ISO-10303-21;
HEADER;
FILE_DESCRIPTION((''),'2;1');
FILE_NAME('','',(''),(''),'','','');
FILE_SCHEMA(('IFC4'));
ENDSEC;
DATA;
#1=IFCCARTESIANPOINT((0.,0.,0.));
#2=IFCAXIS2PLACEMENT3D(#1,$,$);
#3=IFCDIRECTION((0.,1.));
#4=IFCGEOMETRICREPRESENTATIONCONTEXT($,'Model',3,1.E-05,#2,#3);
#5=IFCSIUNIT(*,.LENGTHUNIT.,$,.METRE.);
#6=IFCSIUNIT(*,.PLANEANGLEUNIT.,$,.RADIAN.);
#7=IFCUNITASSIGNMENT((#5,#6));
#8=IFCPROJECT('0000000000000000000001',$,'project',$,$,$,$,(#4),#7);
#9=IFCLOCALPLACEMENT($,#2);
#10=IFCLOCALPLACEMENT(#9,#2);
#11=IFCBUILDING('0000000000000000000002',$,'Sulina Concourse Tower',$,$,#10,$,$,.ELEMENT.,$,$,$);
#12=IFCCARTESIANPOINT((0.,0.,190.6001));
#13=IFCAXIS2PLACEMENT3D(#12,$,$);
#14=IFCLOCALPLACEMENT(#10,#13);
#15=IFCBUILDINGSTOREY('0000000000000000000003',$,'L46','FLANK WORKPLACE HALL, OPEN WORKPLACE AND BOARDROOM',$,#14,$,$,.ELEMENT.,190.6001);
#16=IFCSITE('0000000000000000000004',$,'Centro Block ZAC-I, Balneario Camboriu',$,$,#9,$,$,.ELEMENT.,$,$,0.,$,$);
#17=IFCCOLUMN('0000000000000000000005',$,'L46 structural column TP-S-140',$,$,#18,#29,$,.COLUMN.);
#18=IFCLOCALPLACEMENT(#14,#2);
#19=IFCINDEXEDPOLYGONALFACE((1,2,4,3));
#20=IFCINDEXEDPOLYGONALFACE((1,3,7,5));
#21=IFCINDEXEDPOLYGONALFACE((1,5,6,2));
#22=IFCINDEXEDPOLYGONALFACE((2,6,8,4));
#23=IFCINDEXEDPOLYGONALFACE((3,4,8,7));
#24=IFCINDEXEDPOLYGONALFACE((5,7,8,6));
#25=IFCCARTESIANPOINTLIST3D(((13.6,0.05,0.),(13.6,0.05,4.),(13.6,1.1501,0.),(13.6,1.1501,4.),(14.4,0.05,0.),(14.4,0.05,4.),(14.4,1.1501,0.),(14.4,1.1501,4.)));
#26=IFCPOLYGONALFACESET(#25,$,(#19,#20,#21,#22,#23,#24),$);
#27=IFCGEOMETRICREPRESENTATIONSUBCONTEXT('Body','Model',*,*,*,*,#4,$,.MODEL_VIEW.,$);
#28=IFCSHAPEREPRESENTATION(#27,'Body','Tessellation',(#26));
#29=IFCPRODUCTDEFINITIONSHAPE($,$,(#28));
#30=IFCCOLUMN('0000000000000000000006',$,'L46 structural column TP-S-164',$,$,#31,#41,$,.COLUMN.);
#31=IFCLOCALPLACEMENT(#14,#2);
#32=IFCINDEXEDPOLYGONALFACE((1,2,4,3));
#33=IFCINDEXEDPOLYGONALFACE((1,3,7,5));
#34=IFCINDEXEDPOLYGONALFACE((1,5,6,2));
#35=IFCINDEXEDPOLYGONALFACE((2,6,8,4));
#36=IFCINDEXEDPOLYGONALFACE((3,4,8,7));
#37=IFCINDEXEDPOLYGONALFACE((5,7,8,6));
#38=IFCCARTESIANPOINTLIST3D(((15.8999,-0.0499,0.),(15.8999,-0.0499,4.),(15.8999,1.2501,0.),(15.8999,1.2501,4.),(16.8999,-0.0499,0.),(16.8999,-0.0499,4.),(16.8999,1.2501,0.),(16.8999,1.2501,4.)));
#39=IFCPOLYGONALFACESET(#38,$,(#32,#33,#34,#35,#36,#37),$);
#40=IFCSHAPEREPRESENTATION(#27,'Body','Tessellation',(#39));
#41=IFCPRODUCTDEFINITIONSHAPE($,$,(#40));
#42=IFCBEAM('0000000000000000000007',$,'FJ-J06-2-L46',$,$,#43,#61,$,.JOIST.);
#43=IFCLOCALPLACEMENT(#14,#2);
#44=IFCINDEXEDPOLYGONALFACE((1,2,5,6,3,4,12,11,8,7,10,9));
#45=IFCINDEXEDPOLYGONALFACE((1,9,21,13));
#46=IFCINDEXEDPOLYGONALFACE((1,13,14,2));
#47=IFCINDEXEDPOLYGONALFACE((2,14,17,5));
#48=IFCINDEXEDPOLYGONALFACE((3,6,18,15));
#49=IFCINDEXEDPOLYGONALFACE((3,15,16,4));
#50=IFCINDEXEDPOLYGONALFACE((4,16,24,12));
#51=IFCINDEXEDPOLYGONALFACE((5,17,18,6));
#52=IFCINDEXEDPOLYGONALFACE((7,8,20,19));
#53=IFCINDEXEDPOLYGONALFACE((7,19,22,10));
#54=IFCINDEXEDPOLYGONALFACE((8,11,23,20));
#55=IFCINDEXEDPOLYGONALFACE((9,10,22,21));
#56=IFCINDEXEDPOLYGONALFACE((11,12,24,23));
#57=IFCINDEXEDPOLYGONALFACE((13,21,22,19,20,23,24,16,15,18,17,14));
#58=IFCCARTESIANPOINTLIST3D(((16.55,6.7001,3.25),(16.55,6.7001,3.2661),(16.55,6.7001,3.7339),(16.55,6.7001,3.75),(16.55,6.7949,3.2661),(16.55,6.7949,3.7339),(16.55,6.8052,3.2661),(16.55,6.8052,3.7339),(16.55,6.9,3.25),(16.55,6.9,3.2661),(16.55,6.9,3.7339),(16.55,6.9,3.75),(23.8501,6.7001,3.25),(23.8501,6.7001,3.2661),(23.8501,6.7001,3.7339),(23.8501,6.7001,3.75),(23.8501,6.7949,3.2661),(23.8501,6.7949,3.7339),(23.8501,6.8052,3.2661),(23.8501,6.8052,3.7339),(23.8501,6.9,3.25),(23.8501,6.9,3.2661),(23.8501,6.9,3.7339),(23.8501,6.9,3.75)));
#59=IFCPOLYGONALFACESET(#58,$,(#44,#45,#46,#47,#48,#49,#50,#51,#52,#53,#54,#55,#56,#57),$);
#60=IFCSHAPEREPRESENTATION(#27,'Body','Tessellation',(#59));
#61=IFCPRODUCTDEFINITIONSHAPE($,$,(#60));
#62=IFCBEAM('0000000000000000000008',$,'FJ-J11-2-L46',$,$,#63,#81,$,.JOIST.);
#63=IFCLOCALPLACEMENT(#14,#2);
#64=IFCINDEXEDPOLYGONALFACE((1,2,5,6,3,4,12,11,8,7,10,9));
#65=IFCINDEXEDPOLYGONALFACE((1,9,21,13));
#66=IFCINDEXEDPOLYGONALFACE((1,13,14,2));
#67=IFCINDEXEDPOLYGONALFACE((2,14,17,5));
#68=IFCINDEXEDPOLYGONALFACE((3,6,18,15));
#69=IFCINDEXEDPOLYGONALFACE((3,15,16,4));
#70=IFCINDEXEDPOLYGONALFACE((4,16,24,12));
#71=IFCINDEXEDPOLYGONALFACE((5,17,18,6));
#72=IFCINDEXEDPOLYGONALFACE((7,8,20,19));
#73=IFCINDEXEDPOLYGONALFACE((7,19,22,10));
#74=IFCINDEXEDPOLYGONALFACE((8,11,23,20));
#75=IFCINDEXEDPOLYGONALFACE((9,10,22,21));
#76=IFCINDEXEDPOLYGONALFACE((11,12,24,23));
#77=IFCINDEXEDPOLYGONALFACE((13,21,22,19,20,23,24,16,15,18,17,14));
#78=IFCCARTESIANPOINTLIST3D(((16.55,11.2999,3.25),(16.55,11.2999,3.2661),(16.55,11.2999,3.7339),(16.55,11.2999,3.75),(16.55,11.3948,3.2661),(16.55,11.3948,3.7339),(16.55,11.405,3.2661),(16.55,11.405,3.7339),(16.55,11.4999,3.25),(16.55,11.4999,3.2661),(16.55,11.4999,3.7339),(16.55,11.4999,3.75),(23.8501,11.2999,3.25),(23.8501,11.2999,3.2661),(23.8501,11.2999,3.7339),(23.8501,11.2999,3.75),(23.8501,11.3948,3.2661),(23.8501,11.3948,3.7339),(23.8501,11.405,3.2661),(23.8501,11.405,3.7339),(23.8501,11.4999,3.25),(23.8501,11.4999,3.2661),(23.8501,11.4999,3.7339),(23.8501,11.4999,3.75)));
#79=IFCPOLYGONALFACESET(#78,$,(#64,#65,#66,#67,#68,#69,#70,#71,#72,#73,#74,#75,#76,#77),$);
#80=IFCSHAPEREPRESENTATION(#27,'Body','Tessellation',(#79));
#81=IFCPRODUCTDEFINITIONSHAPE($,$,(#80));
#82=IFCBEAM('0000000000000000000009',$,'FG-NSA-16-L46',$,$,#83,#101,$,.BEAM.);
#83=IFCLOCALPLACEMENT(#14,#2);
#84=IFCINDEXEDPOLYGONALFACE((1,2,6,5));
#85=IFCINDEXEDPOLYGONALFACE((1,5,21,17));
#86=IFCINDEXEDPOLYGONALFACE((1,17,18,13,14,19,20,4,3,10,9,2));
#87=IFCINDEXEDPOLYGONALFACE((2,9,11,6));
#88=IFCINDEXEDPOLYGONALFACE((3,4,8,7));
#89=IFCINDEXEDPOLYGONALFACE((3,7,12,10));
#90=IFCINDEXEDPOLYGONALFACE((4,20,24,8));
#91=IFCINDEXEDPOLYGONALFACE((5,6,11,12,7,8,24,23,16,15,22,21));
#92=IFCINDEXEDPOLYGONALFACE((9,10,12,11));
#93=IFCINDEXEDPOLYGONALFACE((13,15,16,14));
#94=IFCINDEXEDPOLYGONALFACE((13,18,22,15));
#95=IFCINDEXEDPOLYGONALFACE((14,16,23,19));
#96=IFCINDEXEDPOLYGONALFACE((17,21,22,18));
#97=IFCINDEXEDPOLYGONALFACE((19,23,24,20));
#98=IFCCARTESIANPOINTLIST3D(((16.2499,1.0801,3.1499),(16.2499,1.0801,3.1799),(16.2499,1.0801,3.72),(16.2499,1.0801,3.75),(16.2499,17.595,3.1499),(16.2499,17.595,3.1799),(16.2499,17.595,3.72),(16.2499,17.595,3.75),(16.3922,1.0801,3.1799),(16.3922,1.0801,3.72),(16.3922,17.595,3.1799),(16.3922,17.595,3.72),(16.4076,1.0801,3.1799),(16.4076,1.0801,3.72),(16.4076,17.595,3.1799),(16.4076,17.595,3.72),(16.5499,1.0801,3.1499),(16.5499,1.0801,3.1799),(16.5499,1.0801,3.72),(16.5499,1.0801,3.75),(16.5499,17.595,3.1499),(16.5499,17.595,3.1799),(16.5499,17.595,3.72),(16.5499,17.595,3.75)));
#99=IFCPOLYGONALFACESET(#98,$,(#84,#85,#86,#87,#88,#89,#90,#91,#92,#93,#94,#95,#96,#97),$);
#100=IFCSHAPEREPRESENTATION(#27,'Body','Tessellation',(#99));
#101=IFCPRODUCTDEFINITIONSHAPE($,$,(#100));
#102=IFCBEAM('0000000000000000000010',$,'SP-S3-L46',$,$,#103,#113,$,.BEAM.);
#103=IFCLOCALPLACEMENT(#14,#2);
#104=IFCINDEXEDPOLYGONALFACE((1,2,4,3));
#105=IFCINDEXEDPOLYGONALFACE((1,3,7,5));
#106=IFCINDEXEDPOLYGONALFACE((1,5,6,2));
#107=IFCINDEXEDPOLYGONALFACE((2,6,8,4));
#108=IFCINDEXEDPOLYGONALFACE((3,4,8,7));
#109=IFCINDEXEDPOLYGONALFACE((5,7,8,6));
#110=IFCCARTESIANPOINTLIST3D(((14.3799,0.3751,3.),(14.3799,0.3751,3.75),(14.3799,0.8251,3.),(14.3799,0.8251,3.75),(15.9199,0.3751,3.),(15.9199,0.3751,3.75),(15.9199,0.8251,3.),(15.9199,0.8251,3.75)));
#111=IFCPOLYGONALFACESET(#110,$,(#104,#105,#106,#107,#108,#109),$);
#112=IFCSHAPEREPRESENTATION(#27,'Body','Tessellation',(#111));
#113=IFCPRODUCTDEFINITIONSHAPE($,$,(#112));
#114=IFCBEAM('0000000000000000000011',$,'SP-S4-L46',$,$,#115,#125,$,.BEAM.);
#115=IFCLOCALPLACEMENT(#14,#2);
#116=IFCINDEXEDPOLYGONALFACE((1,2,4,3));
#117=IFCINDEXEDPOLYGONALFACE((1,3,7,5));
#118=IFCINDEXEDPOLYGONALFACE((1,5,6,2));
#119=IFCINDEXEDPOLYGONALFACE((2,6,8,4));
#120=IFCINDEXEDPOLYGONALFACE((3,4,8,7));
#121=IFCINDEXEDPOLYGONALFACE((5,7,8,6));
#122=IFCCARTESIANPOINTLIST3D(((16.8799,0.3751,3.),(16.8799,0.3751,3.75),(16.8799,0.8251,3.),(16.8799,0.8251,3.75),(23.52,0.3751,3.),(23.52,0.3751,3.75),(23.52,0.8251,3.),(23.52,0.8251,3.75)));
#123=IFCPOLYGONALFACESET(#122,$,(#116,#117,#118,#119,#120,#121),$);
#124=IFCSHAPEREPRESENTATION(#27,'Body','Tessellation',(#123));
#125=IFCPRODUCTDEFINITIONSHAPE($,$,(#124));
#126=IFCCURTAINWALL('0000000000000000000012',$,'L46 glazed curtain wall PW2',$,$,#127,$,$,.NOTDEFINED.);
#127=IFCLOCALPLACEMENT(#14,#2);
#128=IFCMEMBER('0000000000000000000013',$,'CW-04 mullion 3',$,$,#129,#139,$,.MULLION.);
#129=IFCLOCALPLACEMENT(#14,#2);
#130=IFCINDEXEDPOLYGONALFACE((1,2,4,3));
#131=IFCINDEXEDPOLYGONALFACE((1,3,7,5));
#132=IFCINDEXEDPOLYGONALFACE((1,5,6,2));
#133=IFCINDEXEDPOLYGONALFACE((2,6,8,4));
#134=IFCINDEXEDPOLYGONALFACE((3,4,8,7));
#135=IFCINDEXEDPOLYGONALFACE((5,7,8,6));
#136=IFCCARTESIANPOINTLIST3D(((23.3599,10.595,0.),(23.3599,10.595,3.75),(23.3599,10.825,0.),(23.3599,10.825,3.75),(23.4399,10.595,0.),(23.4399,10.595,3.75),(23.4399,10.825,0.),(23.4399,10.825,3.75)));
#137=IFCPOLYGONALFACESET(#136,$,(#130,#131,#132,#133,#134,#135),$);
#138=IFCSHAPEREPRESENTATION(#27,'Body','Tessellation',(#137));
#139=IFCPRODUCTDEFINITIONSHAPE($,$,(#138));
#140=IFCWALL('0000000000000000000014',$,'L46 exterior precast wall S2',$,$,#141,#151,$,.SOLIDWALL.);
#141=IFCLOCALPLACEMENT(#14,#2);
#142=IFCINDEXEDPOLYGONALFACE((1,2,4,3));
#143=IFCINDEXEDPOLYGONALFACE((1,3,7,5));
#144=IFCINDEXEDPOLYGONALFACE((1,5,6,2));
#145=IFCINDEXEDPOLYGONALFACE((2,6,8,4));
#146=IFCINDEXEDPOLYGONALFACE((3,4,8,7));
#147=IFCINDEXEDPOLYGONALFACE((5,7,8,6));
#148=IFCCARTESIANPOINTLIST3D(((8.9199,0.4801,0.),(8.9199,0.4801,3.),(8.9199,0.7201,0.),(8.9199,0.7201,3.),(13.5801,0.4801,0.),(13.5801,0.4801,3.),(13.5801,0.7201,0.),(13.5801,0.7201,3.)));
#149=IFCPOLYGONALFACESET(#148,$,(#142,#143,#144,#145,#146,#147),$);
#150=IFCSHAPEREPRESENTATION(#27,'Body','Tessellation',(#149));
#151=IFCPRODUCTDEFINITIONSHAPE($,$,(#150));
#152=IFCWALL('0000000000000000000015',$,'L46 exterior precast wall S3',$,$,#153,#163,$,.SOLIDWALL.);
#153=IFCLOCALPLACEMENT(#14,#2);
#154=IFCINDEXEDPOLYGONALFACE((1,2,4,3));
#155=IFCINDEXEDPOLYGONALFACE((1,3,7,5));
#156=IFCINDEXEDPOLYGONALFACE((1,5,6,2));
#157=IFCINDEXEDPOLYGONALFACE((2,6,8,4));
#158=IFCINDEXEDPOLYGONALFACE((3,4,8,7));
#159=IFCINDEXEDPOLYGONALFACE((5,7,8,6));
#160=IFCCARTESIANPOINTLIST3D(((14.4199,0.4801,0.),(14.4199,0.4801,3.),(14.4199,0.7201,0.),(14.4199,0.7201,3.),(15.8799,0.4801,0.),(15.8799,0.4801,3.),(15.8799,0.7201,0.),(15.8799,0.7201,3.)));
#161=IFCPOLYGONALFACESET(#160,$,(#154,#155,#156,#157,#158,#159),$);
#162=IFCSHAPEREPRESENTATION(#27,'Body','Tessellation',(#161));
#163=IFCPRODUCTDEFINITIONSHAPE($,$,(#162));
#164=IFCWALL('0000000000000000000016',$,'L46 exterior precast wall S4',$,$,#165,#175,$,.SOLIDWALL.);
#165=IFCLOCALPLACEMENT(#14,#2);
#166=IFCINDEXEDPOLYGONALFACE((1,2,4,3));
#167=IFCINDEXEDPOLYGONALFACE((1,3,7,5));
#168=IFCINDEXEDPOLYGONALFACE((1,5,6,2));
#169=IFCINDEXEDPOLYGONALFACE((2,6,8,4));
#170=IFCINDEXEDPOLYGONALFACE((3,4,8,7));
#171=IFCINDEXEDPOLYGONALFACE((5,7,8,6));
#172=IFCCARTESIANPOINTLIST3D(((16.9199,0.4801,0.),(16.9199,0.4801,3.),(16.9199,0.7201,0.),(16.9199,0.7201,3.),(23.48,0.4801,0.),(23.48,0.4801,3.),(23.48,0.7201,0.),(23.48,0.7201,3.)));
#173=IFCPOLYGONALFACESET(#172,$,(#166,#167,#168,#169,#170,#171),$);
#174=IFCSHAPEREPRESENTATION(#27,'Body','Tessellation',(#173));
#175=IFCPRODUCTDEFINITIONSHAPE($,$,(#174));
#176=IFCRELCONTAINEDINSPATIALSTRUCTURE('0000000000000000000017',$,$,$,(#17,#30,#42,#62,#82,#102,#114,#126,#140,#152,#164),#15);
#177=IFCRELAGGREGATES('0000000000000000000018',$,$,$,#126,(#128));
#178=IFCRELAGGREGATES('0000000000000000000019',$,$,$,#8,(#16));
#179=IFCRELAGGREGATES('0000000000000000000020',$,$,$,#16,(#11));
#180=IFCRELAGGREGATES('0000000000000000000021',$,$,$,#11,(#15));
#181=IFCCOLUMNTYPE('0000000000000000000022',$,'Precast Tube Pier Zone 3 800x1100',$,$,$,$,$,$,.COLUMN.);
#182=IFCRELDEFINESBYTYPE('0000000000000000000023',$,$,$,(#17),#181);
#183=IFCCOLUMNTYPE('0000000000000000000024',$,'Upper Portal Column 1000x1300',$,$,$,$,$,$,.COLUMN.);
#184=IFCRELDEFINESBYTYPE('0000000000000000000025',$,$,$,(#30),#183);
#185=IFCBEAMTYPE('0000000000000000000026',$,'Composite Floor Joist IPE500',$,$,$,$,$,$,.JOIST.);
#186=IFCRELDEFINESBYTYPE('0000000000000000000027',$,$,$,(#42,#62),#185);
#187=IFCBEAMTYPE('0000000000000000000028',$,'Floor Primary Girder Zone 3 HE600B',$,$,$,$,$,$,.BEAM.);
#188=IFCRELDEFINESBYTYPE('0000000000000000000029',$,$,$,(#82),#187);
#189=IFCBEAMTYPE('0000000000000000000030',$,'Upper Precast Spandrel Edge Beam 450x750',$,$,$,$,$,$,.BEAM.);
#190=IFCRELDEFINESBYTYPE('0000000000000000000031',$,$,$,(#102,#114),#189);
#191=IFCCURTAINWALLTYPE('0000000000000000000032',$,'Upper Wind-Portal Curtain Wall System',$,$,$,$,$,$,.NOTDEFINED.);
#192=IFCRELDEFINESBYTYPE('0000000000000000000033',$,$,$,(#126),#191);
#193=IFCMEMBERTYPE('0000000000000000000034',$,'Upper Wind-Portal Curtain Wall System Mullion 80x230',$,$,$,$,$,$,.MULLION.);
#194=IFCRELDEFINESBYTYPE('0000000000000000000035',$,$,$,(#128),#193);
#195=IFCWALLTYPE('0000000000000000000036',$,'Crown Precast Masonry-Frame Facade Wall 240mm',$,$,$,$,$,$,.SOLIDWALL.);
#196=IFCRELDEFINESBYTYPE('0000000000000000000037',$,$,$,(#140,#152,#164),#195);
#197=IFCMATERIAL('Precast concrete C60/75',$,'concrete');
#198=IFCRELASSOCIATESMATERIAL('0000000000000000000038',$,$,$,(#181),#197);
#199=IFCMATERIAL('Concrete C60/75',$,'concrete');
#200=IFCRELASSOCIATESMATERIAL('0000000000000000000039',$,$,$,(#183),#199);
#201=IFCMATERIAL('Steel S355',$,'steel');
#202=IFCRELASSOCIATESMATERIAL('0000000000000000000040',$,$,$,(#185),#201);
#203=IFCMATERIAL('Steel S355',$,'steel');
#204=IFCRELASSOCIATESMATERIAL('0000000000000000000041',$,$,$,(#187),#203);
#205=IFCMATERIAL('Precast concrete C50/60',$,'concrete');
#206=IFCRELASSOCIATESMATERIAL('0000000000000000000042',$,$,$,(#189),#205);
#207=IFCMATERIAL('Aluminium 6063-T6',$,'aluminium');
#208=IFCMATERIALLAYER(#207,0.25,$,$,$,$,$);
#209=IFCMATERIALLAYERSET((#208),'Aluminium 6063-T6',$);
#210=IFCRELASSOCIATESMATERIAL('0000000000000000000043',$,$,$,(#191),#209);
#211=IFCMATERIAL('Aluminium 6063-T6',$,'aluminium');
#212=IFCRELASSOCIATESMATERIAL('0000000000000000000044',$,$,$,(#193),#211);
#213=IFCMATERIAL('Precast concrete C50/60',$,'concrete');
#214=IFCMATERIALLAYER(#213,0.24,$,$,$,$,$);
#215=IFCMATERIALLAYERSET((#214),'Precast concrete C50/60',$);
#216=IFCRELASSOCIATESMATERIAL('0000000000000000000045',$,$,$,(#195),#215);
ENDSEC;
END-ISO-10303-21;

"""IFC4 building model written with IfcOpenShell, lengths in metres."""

from ifc_helpers import new_model, si_unit, direction, frame, frame_2d, origin, origin_2d, place, context, subcontext, project, spatial, rectangle, i_section, extrude, material, layer, layer_set, material_profile, profile_set, type_object, element, aggregate, save


model = new_model("IFC4")

# Units and contexts
model_context = context("Model", 3, precision=1e-05, world=origin(), true_north=direction((0.0, 1.0)))
body_context = subcontext(model_context, "Body", "Model", "MODEL_VIEW")
ifc_project = project(units=[si_unit("LENGTHUNIT", "METRE"), si_unit("PLANEANGLEUNIT", "RADIAN")], contexts=[model_context])

# Site, building, storey
site_placement = place(None, origin())
site = spatial("IfcSite", under=ifc_project, at=site_placement, Name="Centro Block ZAC-I, Balneario Camboriu", CompositionType="ELEMENT", RefElevation=0.0)
building_placement = place(site_placement, origin())
building = spatial("IfcBuilding", under=site, at=building_placement, Name="Sulina Concourse Tower", CompositionType="ELEMENT")
storey_placement = place(building_placement, frame((0.0, 0.0, 190.6001)))
storey = spatial("IfcBuildingStorey", under=building, at=storey_placement, Name="L46", Description="FLANK WORKPLACE HALL, OPEN WORKPLACE AND BOARDROOM", CompositionType="ELEMENT", Elevation=190.6001)

# Columns
ifc_material_1 = material(Name="Precast concrete C60/75", Category="concrete")
ifc_material_profile_1 = material_profile(ifc_material_1, rectangle(XDim=0.8, YDim=1.1001, at=origin_2d()), Name="PC 800x1100")
ifc_profile_set_1 = profile_set([ifc_material_profile_1], Name="Precast concrete C60/75")
column_type_1 = type_object("IfcColumnType", Name="Precast Tube Pier Zone 3 800x1100", PredefinedType="COLUMN", material=ifc_profile_set_1)
column_1_placement = place(storey_placement, frame((14.0, 0.6001, 0.0), z_axis=(0.0, 0.0, 1.0), x_axis=(1.0, 0.0, 0.0)))
element("IfcColumn", 1, at=column_1_placement, inside=storey, type_object=column_type_1, Name="L46 structural column TP-S-140", PredefinedType="COLUMN", context=body_context, shape_type="SweptSolid", body=[
    extrude(rectangle(XDim=0.8, YDim=1.1001, at=origin_2d()), origin(), (0.0, 0.0, 1.0), 4.0),
])
ifc_material_2 = material(Name="Concrete C60/75", Category="concrete")
ifc_material_profile_2 = material_profile(ifc_material_2, rectangle(XDim=1.0, YDim=1.3, at=origin_2d()), Name="RC 1000x1300")
ifc_profile_set_2 = profile_set([ifc_material_profile_2], Name="Concrete C60/75")
column_type_2 = type_object("IfcColumnType", Name="Upper Portal Column 1000x1300", PredefinedType="COLUMN", material=ifc_profile_set_2)
column_2_placement = place(storey_placement, frame((16.3999, 0.6001, 0.0), z_axis=(0.0, 0.0, 1.0), x_axis=(1.0, 0.0, 0.0)))
element("IfcColumn", 2, at=column_2_placement, inside=storey, type_object=column_type_2, Name="L46 structural column TP-S-164", PredefinedType="COLUMN", context=body_context, shape_type="SweptSolid", body=[
    extrude(rectangle(XDim=1.0, YDim=1.3, at=origin_2d()), origin(), (0.0, 0.0, 1.0), 4.0),
])

# Beams
ifc_material_3 = material(Name="Steel S355", Category="steel")
ifc_material_profile_3 = material_profile(ifc_material_3, i_section(OverallWidth=0.2, OverallDepth=0.5, WebThickness=0.0103, FlangeThickness=0.0161, at=origin_2d()), Name="IPE 500")
ifc_profile_set_3 = profile_set([ifc_material_profile_3], Name="Steel S355")
beam_type_1 = type_object("IfcBeamType", Name="Composite Floor Joist IPE500", PredefinedType="JOIST", material=ifc_profile_set_3)
for number, where, z_axis, x_axis, name in (
    (3, (16.55, 6.8, 3.5), (1.0, 0.0, 0.0), (0.0, 1.0, 0.0), "FJ-J06-2-L46"),
    (4, (16.55, 11.3999, 3.5), (1.0, 0.0, 0.0), (0.0, 1.0, 0.0), "FJ-J11-2-L46"),
):
    element("IfcBeam", number, at=place(storey_placement, frame(where, z_axis=z_axis, x_axis=x_axis)), inside=storey, type_object=beam_type_1, Name=name, PredefinedType="JOIST", context=body_context, shape_type="SweptSolid", body=[
        extrude(i_section(OverallWidth=0.2, OverallDepth=0.5, WebThickness=0.0103, FlangeThickness=0.0161, at=origin_2d()), origin(), (0.0, 0.0, 1.0), 7.3),
    ])
ifc_material_4 = material(Name="Steel S355", Category="steel")
ifc_material_profile_4 = material_profile(ifc_material_4, i_section(OverallWidth=0.3, OverallDepth=0.6001, WebThickness=0.0154, FlangeThickness=0.03, at=origin_2d()), Name="HE 600 B")
ifc_profile_set_4 = profile_set([ifc_material_profile_4], Name="Steel S355")
beam_type_2 = type_object("IfcBeamType", Name="Floor Primary Girder Zone 3 HE600B", PredefinedType="BEAM", material=ifc_profile_set_4)
beam_1_placement = place(storey_placement, frame((16.3999, 1.0801, 3.45), z_axis=(0.0, 1.0, 0.0), x_axis=(-1.0, 0.0, 0.0)))
element("IfcBeam", 5, at=beam_1_placement, inside=storey, type_object=beam_type_2, Name="FG-NSA-16-L46", PredefinedType="BEAM", context=body_context, shape_type="SweptSolid", body=[
    extrude(i_section(OverallWidth=0.3, OverallDepth=0.6001, WebThickness=0.0154, FlangeThickness=0.03, at=origin_2d()), origin(), (0.0, 0.0, 1.0), 16.5149),
])
ifc_material_5 = material(Name="Precast concrete C50/60", Category="concrete")
ifc_material_profile_5 = material_profile(ifc_material_5, rectangle(XDim=0.45, YDim=0.75, at=origin_2d()), Name="RC 450x750")
ifc_profile_set_5 = profile_set([ifc_material_profile_5], Name="Precast concrete C50/60")
beam_type_3 = type_object("IfcBeamType", Name="Upper Precast Spandrel Edge Beam 450x750", PredefinedType="BEAM", material=ifc_profile_set_5)
beam_2_placement = place(storey_placement, frame((14.3799, 0.6001, 3.375), z_axis=(1.0, 0.0, 0.0), x_axis=(0.0, 1.0, 0.0)))
element("IfcBeam", 6, at=beam_2_placement, inside=storey, type_object=beam_type_3, Name="SP-S3-L46", PredefinedType="BEAM", context=body_context, shape_type="SweptSolid", body=[
    extrude(rectangle(XDim=0.45, YDim=0.75, at=origin_2d()), origin(), (0.0, 0.0, 1.0), 1.54),
])
beam_3_placement = place(storey_placement, frame((16.8799, 0.6001, 3.375), z_axis=(1.0, 0.0, 0.0), x_axis=(0.0, 1.0, 0.0)))
element("IfcBeam", 7, at=beam_3_placement, inside=storey, type_object=beam_type_3, Name="SP-S4-L46", PredefinedType="BEAM", context=body_context, shape_type="SweptSolid", body=[
    extrude(rectangle(XDim=0.45, YDim=0.75, at=origin_2d()), origin(), (0.0, 0.0, 1.0), 6.6401),
])

# Curtain wall, member
ifc_material_6 = material(Name="Aluminium 6063-T6", Category="aluminium")
ifc_layer_1 = layer(ifc_material_6, 0.25)
ifc_layer_set_1 = layer_set([ifc_layer_1], Name="Aluminium 6063-T6")
curtain_wall_type = type_object("IfcCurtainWallType", Name="Upper Wind-Portal Curtain Wall System", PredefinedType="NOTDEFINED", material=ifc_layer_set_1)
curtain_wall_placement = place(storey_placement, origin())
curtain_wall = element("IfcCurtainWall", 8, at=curtain_wall_placement, inside=storey, type_object=curtain_wall_type, Name="L46 glazed curtain wall PW2", PredefinedType="NOTDEFINED")
ifc_material_7 = material(Name="Aluminium 6063-T6", Category="aluminium")
ifc_material_profile_6 = material_profile(ifc_material_7, rectangle(XDim=0.0801, YDim=0.23, at=origin_2d()), Name="MUL 80x230")
ifc_profile_set_6 = profile_set([ifc_material_profile_6], Name="Aluminium 6063-T6")
member_type = type_object("IfcMemberType", Name="Upper Wind-Portal Curtain Wall System Mullion 80x230", PredefinedType="MULLION", material=ifc_profile_set_6)
member_placement = place(storey_placement, frame((23.3999, 10.71, 0.0), z_axis=(0.0, 0.0, 1.0), x_axis=(1.0, 0.0, 0.0)))
member = element("IfcMember", 9, at=member_placement, type_object=member_type, Name="CW-04 mullion 3", PredefinedType="MULLION", context=body_context, shape_type="SweptSolid", body=[
    extrude(rectangle(XDim=0.0801, YDim=0.23, at=origin_2d()), origin(), (0.0, 0.0, 1.0), 3.75),
])
aggregate(curtain_wall, [member])

# Walls
ifc_material_8 = material(Name="Precast concrete C50/60", Category="concrete")
ifc_layer_2 = layer(ifc_material_8, 0.24)
ifc_layer_set_2 = layer_set([ifc_layer_2], Name="Precast concrete C50/60")
wall_type_1 = type_object("IfcWallType", Name="Crown Precast Masonry-Frame Facade Wall 240mm", PredefinedType="SOLIDWALL", material=ifc_layer_set_2)
wall_1_placement = place(storey_placement, frame((13.5801, 0.6001, 0.0), z_axis=(0.0, 0.0, 1.0), x_axis=(-1.0, 0.0, 0.0)))
element("IfcWall", 10, at=wall_1_placement, inside=storey, type_object=wall_type_1, Name="L46 exterior precast wall S2", PredefinedType="SOLIDWALL", context=body_context, shape_type="SweptSolid", body=[
    extrude(rectangle(XDim=4.6602, YDim=0.24, at=frame_2d((2.3301, 0.0))), origin(), (0.0, 0.0, 1.0), 3.0),
])
wall_2_placement = place(storey_placement, frame((15.8799, 0.6001, 0.0), z_axis=(0.0, 0.0, 1.0), x_axis=(-1.0, 0.0, 0.0)))
element("IfcWall", 11, at=wall_2_placement, inside=storey, type_object=wall_type_1, Name="L46 exterior precast wall S3", PredefinedType="SOLIDWALL", context=body_context, shape_type="SweptSolid", body=[
    extrude(rectangle(XDim=1.46, YDim=0.24, at=frame_2d((0.73, 0.0))), origin(), (0.0, 0.0, 1.0), 3.0),
])
wall_3_placement = place(storey_placement, frame((23.48, 0.6001, 0.0), z_axis=(0.0, 0.0, 1.0), x_axis=(-1.0, 0.0, 0.0)))
element("IfcWall", 12, at=wall_3_placement, inside=storey, type_object=wall_type_1, Name="L46 exterior precast wall S4", PredefinedType="SOLIDWALL", context=body_context, shape_type="SweptSolid", body=[
    extrude(rectangle(XDim=6.5601, YDim=0.24, at=frame_2d((3.28, 0.0))), origin(), (0.0, 0.0, 1.0), 3.0),
])

save(model, "model.ifc")
